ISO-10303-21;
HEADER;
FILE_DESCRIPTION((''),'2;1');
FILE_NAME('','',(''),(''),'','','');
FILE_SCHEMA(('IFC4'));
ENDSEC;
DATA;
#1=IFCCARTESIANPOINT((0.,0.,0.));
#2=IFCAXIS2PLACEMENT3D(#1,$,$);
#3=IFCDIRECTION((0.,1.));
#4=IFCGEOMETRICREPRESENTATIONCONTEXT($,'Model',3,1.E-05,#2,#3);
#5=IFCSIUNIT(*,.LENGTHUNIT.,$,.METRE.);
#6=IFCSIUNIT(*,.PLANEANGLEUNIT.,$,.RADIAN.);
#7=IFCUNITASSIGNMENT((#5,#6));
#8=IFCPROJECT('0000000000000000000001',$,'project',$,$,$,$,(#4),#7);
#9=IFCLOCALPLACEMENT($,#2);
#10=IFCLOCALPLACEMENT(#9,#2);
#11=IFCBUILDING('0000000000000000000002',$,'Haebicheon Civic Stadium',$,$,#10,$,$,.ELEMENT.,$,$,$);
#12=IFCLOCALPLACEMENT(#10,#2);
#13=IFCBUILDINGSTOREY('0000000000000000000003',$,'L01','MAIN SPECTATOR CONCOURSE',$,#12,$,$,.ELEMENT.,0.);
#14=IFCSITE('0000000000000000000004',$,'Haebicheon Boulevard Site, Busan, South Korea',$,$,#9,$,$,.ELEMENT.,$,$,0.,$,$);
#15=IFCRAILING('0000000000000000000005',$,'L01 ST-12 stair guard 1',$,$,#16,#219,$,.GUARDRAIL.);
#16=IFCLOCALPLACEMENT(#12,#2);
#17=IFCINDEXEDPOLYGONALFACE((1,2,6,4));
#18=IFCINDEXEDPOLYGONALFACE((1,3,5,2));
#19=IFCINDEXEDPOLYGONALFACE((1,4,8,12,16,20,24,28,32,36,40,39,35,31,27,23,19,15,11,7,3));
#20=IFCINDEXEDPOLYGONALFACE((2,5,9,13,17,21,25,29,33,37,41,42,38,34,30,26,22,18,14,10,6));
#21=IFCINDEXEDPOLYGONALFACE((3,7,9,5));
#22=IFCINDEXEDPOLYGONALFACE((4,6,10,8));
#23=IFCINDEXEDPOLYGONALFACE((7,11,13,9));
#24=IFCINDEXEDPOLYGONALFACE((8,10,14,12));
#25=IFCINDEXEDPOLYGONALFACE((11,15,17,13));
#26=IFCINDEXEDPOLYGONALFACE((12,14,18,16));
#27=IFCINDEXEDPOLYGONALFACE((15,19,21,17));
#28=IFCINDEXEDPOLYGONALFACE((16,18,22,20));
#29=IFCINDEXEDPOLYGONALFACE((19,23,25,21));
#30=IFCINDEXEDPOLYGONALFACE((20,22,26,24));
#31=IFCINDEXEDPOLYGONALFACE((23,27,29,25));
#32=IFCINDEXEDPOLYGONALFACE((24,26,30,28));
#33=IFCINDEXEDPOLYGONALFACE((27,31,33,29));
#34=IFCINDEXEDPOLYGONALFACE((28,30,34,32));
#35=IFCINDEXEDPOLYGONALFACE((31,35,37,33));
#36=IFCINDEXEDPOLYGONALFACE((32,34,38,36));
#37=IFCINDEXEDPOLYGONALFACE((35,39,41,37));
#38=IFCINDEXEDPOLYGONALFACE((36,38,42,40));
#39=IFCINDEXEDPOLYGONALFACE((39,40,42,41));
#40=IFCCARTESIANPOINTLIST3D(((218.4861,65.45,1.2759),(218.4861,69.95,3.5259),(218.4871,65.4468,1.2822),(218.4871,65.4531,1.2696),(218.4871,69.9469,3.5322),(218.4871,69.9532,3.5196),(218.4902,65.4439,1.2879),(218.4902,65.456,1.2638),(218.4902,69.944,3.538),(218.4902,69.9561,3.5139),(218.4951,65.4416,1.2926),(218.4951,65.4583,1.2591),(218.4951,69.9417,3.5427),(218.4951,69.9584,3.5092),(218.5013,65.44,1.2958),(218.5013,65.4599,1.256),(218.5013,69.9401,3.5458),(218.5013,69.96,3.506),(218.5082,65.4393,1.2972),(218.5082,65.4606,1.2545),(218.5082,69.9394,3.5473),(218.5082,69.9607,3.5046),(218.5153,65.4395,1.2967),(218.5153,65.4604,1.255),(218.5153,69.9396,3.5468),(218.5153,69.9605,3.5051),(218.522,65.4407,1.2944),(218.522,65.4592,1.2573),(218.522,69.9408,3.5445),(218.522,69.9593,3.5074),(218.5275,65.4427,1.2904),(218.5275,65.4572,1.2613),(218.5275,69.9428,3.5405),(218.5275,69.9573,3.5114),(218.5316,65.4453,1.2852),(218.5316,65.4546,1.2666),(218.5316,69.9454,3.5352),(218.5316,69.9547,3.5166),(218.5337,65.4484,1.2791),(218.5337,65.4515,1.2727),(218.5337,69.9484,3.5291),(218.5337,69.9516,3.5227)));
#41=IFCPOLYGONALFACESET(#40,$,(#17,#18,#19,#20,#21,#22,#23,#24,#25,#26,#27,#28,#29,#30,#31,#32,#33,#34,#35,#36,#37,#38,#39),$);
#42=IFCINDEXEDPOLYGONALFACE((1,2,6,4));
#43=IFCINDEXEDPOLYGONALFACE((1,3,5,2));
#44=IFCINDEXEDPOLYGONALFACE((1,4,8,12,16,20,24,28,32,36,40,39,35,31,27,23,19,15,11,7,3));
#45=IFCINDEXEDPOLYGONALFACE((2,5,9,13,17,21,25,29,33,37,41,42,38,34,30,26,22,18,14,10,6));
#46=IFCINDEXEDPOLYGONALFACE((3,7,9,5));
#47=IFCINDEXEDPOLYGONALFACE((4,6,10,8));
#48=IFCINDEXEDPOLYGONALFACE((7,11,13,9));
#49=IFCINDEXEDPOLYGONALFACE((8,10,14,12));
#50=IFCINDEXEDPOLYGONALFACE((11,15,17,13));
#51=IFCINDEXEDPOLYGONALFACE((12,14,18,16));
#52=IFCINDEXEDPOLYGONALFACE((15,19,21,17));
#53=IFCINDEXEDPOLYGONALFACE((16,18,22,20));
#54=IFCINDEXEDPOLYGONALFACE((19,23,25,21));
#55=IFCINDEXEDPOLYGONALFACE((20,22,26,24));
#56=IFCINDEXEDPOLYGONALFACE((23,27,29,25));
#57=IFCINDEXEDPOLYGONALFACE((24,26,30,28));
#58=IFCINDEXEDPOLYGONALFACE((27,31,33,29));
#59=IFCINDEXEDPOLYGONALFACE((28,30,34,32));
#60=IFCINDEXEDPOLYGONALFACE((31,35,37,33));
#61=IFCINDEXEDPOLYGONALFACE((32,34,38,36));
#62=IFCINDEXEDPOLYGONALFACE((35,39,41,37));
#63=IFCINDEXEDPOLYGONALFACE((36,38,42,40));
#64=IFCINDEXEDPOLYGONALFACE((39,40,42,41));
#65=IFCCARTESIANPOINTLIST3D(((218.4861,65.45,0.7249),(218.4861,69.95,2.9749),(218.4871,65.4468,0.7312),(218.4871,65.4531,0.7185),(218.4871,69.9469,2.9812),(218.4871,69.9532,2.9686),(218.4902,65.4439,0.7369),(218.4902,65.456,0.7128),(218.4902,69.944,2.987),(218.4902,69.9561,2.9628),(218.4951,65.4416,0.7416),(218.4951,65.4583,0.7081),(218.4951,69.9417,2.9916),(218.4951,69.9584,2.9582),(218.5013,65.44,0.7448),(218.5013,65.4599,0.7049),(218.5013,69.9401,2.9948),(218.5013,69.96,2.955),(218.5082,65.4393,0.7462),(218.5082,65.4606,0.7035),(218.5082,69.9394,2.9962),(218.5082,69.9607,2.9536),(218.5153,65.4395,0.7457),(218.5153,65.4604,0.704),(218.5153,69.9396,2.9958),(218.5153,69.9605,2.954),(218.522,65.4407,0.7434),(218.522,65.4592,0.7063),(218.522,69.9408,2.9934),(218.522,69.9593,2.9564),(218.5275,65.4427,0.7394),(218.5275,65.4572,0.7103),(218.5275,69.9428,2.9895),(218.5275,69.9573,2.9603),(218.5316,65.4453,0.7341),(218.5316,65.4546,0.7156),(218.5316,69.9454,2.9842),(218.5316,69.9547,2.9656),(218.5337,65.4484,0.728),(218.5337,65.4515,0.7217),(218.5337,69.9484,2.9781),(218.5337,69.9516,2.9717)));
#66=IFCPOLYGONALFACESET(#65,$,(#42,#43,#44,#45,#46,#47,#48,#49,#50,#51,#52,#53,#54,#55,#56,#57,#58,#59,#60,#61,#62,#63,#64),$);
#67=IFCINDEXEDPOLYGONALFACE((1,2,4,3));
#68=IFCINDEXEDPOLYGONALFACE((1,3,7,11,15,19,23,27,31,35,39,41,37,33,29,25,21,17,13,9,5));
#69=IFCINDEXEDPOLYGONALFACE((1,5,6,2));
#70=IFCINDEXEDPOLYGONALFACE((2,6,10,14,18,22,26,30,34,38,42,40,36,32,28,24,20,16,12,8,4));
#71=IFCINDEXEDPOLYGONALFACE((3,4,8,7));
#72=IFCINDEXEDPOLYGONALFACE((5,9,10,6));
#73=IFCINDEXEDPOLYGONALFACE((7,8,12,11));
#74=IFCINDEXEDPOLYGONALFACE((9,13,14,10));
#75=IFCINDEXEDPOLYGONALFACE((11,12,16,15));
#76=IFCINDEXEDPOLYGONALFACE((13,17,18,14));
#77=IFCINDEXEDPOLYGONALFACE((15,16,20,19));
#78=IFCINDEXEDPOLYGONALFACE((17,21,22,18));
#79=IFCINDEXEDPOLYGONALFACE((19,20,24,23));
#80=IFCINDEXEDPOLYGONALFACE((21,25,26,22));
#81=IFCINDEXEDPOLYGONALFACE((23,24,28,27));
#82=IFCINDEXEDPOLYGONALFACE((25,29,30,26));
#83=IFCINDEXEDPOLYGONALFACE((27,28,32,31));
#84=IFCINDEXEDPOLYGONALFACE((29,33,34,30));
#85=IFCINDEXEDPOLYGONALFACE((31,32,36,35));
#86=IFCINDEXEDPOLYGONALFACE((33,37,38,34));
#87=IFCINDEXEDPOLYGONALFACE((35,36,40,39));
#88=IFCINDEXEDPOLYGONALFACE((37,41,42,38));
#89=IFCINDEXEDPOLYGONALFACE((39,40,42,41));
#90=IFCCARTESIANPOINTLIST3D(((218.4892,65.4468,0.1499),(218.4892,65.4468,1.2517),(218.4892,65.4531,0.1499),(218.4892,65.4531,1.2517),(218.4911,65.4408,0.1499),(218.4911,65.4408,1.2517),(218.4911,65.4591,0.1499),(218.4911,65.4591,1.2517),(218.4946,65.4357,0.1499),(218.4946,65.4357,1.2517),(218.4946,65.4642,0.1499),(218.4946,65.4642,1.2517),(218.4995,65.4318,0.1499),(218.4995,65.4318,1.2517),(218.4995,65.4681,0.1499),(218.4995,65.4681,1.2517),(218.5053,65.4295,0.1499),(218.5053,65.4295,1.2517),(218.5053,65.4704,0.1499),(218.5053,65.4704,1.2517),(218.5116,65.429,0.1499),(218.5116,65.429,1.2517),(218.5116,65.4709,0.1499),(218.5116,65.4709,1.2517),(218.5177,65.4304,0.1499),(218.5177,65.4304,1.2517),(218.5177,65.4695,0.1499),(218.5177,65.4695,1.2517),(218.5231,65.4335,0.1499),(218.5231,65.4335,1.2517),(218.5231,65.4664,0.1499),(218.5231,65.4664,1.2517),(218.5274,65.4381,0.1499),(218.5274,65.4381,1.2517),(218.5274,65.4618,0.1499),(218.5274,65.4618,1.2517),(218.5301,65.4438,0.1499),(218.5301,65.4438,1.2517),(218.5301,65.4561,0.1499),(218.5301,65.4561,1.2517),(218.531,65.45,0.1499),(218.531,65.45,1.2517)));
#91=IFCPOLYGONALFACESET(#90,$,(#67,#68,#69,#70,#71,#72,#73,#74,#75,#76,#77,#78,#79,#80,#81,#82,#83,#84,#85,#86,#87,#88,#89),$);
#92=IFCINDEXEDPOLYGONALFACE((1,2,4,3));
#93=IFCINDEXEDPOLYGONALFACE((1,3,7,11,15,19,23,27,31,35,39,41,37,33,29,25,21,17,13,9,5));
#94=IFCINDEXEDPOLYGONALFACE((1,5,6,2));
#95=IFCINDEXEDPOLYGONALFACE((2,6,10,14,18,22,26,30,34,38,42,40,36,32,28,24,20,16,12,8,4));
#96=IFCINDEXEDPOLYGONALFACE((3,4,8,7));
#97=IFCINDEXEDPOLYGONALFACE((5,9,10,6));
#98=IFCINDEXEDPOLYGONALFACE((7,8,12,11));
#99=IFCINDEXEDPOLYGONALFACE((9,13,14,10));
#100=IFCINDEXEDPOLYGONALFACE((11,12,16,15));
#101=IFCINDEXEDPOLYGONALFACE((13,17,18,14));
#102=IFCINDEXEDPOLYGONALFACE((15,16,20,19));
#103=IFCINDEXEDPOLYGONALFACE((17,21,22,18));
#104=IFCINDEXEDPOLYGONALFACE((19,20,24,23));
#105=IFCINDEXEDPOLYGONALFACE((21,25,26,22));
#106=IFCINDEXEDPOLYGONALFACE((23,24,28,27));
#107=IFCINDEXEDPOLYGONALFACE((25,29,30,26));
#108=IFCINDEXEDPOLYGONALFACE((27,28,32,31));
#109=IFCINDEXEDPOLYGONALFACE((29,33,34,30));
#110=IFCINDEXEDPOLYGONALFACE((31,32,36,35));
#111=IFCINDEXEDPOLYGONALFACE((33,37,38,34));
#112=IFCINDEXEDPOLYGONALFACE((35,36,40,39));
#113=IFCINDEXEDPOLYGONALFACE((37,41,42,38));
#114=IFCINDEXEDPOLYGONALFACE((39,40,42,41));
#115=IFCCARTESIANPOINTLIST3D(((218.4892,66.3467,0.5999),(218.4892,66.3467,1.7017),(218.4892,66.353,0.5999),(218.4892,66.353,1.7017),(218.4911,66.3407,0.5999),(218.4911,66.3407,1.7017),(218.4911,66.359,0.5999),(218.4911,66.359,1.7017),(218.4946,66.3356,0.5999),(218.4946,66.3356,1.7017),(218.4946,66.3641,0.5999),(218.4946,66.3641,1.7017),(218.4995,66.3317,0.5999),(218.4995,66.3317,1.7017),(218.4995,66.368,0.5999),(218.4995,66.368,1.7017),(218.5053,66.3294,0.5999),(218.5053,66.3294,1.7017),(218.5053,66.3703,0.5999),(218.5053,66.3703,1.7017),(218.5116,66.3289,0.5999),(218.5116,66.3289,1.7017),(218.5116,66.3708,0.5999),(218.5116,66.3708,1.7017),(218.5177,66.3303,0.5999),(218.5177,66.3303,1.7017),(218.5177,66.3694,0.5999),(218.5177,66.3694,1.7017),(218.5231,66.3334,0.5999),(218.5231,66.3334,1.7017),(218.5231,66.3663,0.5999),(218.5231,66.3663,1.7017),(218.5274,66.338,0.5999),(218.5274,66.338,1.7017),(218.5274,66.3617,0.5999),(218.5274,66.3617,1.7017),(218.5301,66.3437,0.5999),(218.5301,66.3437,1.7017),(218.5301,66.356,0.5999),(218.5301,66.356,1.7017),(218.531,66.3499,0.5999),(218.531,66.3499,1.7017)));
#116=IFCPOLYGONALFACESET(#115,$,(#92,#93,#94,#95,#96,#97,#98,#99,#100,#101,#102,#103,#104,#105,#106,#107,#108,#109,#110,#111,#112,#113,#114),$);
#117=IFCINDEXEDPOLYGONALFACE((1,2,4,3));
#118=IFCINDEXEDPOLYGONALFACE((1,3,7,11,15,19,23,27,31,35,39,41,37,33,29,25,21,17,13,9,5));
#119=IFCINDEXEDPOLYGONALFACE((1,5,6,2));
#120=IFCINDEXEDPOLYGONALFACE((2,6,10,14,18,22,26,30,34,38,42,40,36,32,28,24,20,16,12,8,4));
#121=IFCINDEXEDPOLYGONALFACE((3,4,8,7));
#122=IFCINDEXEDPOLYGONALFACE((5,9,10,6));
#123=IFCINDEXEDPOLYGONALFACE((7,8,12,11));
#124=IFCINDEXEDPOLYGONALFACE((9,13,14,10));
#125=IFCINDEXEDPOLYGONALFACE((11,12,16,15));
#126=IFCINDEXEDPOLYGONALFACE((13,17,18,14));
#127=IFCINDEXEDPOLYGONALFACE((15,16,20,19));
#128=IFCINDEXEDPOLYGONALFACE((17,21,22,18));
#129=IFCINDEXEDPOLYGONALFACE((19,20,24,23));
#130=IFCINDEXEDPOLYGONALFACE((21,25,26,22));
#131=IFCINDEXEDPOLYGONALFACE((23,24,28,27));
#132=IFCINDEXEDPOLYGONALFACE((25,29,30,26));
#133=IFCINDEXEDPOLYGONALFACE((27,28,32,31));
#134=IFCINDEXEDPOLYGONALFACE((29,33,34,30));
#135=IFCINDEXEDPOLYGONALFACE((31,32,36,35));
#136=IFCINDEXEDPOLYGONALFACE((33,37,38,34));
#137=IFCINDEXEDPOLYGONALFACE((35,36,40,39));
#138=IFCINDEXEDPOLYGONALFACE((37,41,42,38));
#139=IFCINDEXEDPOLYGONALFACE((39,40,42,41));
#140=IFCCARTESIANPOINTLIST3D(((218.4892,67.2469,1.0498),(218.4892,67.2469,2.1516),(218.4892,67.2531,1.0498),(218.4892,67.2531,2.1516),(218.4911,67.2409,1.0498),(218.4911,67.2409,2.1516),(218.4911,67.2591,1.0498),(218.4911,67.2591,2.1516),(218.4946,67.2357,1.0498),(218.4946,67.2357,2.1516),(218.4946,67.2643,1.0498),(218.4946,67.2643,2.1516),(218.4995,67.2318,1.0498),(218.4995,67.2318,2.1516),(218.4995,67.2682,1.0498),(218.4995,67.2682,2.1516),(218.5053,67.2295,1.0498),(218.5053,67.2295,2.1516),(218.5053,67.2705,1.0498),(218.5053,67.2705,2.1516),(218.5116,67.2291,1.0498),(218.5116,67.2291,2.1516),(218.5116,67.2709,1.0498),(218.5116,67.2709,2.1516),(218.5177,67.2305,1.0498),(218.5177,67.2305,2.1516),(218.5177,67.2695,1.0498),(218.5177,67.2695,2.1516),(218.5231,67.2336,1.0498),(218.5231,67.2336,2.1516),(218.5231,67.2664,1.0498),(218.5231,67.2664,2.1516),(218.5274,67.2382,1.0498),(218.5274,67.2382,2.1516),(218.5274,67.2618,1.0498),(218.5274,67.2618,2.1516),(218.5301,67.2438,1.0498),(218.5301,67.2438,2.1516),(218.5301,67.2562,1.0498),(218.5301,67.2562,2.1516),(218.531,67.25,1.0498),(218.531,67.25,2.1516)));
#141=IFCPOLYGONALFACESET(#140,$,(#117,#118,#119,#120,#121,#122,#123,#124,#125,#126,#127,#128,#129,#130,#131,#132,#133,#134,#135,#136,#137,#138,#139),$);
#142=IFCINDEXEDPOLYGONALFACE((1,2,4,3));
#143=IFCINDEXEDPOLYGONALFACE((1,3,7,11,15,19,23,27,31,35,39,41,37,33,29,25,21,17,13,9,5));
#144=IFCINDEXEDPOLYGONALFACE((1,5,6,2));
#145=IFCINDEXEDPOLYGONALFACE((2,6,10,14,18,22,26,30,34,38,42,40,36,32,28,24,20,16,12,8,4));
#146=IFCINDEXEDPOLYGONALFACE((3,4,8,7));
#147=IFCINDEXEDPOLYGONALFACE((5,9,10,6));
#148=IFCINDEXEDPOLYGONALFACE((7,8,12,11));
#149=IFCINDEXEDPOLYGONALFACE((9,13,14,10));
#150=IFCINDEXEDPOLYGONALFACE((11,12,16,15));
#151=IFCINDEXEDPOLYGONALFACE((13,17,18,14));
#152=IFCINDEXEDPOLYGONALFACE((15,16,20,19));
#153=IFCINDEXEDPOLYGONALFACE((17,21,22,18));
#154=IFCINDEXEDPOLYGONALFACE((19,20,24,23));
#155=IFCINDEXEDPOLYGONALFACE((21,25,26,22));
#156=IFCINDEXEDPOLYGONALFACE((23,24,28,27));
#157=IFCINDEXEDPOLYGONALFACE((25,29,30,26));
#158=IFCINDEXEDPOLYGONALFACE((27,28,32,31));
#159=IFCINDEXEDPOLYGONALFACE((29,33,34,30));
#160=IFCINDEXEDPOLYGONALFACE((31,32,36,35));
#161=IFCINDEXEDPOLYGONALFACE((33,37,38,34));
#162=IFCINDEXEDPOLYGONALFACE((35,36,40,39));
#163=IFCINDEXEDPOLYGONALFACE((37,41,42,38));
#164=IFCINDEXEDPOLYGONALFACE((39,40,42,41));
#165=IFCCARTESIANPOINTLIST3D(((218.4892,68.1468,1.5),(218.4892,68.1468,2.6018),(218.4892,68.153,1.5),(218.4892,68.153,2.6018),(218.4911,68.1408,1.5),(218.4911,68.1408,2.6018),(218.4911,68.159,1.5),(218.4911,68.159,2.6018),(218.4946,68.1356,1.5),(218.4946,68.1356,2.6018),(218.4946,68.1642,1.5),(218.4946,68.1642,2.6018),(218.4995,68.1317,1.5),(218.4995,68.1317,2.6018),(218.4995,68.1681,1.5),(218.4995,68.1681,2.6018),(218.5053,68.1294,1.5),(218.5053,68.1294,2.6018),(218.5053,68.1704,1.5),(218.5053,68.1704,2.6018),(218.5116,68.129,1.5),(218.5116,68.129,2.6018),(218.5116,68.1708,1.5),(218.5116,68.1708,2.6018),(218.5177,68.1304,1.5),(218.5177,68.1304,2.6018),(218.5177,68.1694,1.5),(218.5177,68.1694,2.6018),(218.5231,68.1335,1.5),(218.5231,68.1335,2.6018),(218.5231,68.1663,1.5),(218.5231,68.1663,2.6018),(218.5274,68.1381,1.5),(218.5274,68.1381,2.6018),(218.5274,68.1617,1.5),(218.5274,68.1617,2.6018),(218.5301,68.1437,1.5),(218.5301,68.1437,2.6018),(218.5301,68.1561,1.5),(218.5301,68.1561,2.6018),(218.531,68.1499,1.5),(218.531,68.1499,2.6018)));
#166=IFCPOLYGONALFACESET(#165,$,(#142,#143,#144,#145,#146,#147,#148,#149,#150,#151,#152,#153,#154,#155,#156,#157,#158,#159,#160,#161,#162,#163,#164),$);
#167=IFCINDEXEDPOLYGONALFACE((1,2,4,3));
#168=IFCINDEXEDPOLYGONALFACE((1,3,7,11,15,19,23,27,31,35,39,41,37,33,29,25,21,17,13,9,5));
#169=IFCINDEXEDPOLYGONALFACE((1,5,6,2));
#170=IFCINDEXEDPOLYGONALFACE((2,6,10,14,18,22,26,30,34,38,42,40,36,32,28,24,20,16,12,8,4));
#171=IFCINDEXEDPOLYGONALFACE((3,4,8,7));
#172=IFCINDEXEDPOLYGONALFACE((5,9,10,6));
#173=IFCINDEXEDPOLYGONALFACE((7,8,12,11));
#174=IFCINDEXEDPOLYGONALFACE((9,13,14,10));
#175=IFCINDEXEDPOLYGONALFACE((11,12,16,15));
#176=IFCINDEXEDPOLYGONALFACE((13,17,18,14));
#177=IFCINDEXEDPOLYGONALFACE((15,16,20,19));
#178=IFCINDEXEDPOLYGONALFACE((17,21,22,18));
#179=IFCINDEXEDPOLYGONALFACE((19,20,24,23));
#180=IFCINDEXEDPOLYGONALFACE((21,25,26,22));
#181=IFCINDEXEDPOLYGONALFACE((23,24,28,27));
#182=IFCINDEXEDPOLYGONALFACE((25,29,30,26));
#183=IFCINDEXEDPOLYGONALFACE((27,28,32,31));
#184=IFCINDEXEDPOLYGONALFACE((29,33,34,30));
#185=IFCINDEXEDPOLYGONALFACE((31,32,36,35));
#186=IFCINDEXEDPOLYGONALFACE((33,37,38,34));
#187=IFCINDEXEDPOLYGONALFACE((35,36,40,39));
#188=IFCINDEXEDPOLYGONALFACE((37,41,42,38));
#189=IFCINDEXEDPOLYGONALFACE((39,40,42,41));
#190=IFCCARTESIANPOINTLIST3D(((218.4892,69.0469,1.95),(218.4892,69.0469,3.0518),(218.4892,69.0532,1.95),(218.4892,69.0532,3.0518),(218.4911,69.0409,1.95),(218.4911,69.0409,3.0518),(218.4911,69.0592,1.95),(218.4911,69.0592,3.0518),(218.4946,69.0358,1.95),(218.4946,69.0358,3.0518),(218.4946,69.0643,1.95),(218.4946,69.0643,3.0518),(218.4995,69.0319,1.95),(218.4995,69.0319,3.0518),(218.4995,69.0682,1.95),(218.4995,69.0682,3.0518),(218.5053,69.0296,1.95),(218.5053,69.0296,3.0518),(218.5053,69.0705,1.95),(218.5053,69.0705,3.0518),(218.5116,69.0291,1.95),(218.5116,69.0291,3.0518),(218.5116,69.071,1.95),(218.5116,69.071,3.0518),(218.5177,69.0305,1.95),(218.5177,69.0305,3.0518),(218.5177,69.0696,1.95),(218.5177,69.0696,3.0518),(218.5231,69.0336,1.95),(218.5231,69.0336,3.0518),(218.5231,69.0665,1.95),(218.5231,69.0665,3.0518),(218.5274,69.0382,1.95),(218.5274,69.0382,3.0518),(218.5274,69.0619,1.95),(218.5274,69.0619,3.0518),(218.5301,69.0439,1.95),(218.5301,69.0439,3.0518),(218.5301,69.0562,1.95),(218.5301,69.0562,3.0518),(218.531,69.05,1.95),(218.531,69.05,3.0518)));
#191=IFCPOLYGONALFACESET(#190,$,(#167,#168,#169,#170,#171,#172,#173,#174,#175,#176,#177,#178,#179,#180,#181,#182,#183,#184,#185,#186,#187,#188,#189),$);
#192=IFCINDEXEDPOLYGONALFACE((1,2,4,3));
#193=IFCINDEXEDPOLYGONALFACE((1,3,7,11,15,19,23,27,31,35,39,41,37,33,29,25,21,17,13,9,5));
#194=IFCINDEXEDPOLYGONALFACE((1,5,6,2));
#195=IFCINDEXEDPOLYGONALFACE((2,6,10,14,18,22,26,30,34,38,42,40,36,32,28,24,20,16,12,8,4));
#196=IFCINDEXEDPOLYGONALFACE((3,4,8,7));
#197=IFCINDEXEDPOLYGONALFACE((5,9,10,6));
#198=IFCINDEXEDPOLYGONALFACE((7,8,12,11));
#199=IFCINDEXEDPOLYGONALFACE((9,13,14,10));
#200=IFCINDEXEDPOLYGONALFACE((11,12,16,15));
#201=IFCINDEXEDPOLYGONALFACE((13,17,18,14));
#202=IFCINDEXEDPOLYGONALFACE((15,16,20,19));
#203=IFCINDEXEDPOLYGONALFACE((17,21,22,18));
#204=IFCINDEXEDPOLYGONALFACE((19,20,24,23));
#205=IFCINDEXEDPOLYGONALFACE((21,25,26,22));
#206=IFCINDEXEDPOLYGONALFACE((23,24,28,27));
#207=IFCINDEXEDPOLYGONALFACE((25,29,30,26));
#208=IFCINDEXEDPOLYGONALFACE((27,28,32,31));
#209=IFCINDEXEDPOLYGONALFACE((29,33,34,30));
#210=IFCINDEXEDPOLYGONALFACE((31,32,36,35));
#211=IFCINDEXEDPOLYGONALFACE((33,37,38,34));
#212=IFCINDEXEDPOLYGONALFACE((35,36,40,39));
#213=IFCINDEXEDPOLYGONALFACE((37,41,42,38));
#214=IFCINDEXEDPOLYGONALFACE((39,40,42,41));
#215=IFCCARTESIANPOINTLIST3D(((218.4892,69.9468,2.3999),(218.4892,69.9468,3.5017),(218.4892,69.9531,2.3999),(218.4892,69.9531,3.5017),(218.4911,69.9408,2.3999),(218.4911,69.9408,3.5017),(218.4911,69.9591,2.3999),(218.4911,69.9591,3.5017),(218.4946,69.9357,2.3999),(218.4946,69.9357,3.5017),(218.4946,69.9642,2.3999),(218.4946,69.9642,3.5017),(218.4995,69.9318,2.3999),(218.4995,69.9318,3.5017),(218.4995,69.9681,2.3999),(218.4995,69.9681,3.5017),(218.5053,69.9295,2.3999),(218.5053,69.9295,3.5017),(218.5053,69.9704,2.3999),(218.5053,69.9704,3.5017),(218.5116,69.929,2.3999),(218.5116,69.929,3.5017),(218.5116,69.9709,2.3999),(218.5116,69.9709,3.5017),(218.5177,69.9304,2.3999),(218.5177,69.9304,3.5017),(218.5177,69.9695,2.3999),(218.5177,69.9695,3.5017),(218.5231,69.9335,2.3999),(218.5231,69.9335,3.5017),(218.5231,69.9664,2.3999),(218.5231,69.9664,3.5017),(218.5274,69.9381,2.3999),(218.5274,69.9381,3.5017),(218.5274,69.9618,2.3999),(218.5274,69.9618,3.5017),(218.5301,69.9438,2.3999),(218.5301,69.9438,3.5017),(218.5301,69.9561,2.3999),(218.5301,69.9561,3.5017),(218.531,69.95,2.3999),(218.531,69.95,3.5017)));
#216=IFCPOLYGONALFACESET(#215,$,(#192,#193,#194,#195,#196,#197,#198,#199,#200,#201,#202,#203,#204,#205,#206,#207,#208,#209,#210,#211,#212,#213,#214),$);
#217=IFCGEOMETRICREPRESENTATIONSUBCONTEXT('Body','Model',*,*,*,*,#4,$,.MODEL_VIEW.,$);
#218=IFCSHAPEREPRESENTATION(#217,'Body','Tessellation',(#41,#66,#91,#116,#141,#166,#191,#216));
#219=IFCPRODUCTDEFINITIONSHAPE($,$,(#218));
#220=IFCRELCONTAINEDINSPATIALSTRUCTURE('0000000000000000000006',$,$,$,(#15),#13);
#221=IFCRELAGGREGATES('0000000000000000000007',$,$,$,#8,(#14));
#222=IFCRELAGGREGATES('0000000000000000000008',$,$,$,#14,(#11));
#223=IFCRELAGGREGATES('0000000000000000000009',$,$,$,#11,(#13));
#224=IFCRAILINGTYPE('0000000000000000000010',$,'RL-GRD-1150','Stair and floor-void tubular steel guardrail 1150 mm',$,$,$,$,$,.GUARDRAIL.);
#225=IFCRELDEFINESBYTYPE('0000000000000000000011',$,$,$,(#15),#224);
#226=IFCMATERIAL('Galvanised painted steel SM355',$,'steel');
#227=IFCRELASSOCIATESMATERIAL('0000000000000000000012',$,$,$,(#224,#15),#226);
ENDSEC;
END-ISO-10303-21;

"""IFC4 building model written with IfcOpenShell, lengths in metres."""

from ifc_helpers import new_model, si_unit, direction, frame, origin, origin_2d, place, context, subcontext, project, spatial, circle, extrude, material, type_object, element, save


model = new_model("IFC4")

# Units and contexts
model_context = context("Model", 3, precision=1e-05, world=origin(), true_north=direction((0.0, 1.0)))
body_context = subcontext(model_context, "Body", "Model", "MODEL_VIEW")
ifc_project = project(units=[si_unit("LENGTHUNIT", "METRE"), si_unit("PLANEANGLEUNIT", "RADIAN")], contexts=[model_context])

# Site, building, storey
site_placement = place(None, origin())
site = spatial("IfcSite", under=ifc_project, at=site_placement, Name="Haebicheon Boulevard Site, Busan, South Korea", CompositionType="ELEMENT", RefElevation=0.0)
building_placement = place(site_placement, origin())
building = spatial("IfcBuilding", under=site, at=building_placement, Name="Haebicheon Civic Stadium", CompositionType="ELEMENT")
storey_placement = place(building_placement, origin())
storey = spatial("IfcBuildingStorey", under=building, at=storey_placement, Name="L01", Description="MAIN SPECTATOR CONCOURSE", CompositionType="ELEMENT", Elevation=0.0)

# Railing
ifc_material_1 = material(Name="Galvanised painted steel SM355", Category="steel")
railing_type_1 = type_object("IfcRailingType", Name="RL-GRD-1150", Description="Stair and floor-void tubular steel guardrail 1150 mm", PredefinedType="GUARDRAIL", material=ifc_material_1)
railing_1_placement = place(storey_placement, frame((218.51, 65.45, 0.1499)))
element("IfcRailing", 1, at=railing_1_placement, inside=storey, type_object=railing_type_1, material=ifc_material_1, Name="L01 ST-12 stair guard 1", PredefinedType="GUARDRAIL", context=body_context, shape_type="SweptSolid", body=[
    extrude(circle(Radius=0.0239, at=origin_2d()), frame((0.0, 0.0, 1.126), z_axis=(0.0, 0.894427, 0.447214), x_axis=(-1.0, 0.0, 0.0)), (0.0, 0.0, 1.0), 5.0312),
    extrude(circle(Radius=0.0239, at=origin_2d()), frame((0.0, 0.0, 0.575), z_axis=(0.0, 0.894427, 0.447214), x_axis=(-1.0, 0.0, 0.0)), (0.0, 0.0, 1.0), 5.0312),
    extrude(circle(Radius=0.021, at=origin_2d()), origin(), (0.0, 0.0, 1.0), 1.1018),
    extrude(circle(Radius=0.021, at=origin_2d()), frame((0.0, 0.8999, 0.45)), (0.0, 0.0, 1.0), 1.1018),
    extrude(circle(Radius=0.021, at=origin_2d()), frame((0.0, 1.8, 0.8999)), (0.0, 0.0, 1.0), 1.1018),
    extrude(circle(Radius=0.021, at=origin_2d()), frame((0.0, 2.7, 1.3501)), (0.0, 0.0, 1.0), 1.1018),
    extrude(circle(Radius=0.021, at=origin_2d()), frame((0.0, 3.6001, 1.8)), (0.0, 0.0, 1.0), 1.1018),
    extrude(circle(Radius=0.021, at=origin_2d()), frame((0.0, 4.5, 2.25)), (0.0, 0.0, 1.0), 1.1018),
])

save(model, "model.ifc")
